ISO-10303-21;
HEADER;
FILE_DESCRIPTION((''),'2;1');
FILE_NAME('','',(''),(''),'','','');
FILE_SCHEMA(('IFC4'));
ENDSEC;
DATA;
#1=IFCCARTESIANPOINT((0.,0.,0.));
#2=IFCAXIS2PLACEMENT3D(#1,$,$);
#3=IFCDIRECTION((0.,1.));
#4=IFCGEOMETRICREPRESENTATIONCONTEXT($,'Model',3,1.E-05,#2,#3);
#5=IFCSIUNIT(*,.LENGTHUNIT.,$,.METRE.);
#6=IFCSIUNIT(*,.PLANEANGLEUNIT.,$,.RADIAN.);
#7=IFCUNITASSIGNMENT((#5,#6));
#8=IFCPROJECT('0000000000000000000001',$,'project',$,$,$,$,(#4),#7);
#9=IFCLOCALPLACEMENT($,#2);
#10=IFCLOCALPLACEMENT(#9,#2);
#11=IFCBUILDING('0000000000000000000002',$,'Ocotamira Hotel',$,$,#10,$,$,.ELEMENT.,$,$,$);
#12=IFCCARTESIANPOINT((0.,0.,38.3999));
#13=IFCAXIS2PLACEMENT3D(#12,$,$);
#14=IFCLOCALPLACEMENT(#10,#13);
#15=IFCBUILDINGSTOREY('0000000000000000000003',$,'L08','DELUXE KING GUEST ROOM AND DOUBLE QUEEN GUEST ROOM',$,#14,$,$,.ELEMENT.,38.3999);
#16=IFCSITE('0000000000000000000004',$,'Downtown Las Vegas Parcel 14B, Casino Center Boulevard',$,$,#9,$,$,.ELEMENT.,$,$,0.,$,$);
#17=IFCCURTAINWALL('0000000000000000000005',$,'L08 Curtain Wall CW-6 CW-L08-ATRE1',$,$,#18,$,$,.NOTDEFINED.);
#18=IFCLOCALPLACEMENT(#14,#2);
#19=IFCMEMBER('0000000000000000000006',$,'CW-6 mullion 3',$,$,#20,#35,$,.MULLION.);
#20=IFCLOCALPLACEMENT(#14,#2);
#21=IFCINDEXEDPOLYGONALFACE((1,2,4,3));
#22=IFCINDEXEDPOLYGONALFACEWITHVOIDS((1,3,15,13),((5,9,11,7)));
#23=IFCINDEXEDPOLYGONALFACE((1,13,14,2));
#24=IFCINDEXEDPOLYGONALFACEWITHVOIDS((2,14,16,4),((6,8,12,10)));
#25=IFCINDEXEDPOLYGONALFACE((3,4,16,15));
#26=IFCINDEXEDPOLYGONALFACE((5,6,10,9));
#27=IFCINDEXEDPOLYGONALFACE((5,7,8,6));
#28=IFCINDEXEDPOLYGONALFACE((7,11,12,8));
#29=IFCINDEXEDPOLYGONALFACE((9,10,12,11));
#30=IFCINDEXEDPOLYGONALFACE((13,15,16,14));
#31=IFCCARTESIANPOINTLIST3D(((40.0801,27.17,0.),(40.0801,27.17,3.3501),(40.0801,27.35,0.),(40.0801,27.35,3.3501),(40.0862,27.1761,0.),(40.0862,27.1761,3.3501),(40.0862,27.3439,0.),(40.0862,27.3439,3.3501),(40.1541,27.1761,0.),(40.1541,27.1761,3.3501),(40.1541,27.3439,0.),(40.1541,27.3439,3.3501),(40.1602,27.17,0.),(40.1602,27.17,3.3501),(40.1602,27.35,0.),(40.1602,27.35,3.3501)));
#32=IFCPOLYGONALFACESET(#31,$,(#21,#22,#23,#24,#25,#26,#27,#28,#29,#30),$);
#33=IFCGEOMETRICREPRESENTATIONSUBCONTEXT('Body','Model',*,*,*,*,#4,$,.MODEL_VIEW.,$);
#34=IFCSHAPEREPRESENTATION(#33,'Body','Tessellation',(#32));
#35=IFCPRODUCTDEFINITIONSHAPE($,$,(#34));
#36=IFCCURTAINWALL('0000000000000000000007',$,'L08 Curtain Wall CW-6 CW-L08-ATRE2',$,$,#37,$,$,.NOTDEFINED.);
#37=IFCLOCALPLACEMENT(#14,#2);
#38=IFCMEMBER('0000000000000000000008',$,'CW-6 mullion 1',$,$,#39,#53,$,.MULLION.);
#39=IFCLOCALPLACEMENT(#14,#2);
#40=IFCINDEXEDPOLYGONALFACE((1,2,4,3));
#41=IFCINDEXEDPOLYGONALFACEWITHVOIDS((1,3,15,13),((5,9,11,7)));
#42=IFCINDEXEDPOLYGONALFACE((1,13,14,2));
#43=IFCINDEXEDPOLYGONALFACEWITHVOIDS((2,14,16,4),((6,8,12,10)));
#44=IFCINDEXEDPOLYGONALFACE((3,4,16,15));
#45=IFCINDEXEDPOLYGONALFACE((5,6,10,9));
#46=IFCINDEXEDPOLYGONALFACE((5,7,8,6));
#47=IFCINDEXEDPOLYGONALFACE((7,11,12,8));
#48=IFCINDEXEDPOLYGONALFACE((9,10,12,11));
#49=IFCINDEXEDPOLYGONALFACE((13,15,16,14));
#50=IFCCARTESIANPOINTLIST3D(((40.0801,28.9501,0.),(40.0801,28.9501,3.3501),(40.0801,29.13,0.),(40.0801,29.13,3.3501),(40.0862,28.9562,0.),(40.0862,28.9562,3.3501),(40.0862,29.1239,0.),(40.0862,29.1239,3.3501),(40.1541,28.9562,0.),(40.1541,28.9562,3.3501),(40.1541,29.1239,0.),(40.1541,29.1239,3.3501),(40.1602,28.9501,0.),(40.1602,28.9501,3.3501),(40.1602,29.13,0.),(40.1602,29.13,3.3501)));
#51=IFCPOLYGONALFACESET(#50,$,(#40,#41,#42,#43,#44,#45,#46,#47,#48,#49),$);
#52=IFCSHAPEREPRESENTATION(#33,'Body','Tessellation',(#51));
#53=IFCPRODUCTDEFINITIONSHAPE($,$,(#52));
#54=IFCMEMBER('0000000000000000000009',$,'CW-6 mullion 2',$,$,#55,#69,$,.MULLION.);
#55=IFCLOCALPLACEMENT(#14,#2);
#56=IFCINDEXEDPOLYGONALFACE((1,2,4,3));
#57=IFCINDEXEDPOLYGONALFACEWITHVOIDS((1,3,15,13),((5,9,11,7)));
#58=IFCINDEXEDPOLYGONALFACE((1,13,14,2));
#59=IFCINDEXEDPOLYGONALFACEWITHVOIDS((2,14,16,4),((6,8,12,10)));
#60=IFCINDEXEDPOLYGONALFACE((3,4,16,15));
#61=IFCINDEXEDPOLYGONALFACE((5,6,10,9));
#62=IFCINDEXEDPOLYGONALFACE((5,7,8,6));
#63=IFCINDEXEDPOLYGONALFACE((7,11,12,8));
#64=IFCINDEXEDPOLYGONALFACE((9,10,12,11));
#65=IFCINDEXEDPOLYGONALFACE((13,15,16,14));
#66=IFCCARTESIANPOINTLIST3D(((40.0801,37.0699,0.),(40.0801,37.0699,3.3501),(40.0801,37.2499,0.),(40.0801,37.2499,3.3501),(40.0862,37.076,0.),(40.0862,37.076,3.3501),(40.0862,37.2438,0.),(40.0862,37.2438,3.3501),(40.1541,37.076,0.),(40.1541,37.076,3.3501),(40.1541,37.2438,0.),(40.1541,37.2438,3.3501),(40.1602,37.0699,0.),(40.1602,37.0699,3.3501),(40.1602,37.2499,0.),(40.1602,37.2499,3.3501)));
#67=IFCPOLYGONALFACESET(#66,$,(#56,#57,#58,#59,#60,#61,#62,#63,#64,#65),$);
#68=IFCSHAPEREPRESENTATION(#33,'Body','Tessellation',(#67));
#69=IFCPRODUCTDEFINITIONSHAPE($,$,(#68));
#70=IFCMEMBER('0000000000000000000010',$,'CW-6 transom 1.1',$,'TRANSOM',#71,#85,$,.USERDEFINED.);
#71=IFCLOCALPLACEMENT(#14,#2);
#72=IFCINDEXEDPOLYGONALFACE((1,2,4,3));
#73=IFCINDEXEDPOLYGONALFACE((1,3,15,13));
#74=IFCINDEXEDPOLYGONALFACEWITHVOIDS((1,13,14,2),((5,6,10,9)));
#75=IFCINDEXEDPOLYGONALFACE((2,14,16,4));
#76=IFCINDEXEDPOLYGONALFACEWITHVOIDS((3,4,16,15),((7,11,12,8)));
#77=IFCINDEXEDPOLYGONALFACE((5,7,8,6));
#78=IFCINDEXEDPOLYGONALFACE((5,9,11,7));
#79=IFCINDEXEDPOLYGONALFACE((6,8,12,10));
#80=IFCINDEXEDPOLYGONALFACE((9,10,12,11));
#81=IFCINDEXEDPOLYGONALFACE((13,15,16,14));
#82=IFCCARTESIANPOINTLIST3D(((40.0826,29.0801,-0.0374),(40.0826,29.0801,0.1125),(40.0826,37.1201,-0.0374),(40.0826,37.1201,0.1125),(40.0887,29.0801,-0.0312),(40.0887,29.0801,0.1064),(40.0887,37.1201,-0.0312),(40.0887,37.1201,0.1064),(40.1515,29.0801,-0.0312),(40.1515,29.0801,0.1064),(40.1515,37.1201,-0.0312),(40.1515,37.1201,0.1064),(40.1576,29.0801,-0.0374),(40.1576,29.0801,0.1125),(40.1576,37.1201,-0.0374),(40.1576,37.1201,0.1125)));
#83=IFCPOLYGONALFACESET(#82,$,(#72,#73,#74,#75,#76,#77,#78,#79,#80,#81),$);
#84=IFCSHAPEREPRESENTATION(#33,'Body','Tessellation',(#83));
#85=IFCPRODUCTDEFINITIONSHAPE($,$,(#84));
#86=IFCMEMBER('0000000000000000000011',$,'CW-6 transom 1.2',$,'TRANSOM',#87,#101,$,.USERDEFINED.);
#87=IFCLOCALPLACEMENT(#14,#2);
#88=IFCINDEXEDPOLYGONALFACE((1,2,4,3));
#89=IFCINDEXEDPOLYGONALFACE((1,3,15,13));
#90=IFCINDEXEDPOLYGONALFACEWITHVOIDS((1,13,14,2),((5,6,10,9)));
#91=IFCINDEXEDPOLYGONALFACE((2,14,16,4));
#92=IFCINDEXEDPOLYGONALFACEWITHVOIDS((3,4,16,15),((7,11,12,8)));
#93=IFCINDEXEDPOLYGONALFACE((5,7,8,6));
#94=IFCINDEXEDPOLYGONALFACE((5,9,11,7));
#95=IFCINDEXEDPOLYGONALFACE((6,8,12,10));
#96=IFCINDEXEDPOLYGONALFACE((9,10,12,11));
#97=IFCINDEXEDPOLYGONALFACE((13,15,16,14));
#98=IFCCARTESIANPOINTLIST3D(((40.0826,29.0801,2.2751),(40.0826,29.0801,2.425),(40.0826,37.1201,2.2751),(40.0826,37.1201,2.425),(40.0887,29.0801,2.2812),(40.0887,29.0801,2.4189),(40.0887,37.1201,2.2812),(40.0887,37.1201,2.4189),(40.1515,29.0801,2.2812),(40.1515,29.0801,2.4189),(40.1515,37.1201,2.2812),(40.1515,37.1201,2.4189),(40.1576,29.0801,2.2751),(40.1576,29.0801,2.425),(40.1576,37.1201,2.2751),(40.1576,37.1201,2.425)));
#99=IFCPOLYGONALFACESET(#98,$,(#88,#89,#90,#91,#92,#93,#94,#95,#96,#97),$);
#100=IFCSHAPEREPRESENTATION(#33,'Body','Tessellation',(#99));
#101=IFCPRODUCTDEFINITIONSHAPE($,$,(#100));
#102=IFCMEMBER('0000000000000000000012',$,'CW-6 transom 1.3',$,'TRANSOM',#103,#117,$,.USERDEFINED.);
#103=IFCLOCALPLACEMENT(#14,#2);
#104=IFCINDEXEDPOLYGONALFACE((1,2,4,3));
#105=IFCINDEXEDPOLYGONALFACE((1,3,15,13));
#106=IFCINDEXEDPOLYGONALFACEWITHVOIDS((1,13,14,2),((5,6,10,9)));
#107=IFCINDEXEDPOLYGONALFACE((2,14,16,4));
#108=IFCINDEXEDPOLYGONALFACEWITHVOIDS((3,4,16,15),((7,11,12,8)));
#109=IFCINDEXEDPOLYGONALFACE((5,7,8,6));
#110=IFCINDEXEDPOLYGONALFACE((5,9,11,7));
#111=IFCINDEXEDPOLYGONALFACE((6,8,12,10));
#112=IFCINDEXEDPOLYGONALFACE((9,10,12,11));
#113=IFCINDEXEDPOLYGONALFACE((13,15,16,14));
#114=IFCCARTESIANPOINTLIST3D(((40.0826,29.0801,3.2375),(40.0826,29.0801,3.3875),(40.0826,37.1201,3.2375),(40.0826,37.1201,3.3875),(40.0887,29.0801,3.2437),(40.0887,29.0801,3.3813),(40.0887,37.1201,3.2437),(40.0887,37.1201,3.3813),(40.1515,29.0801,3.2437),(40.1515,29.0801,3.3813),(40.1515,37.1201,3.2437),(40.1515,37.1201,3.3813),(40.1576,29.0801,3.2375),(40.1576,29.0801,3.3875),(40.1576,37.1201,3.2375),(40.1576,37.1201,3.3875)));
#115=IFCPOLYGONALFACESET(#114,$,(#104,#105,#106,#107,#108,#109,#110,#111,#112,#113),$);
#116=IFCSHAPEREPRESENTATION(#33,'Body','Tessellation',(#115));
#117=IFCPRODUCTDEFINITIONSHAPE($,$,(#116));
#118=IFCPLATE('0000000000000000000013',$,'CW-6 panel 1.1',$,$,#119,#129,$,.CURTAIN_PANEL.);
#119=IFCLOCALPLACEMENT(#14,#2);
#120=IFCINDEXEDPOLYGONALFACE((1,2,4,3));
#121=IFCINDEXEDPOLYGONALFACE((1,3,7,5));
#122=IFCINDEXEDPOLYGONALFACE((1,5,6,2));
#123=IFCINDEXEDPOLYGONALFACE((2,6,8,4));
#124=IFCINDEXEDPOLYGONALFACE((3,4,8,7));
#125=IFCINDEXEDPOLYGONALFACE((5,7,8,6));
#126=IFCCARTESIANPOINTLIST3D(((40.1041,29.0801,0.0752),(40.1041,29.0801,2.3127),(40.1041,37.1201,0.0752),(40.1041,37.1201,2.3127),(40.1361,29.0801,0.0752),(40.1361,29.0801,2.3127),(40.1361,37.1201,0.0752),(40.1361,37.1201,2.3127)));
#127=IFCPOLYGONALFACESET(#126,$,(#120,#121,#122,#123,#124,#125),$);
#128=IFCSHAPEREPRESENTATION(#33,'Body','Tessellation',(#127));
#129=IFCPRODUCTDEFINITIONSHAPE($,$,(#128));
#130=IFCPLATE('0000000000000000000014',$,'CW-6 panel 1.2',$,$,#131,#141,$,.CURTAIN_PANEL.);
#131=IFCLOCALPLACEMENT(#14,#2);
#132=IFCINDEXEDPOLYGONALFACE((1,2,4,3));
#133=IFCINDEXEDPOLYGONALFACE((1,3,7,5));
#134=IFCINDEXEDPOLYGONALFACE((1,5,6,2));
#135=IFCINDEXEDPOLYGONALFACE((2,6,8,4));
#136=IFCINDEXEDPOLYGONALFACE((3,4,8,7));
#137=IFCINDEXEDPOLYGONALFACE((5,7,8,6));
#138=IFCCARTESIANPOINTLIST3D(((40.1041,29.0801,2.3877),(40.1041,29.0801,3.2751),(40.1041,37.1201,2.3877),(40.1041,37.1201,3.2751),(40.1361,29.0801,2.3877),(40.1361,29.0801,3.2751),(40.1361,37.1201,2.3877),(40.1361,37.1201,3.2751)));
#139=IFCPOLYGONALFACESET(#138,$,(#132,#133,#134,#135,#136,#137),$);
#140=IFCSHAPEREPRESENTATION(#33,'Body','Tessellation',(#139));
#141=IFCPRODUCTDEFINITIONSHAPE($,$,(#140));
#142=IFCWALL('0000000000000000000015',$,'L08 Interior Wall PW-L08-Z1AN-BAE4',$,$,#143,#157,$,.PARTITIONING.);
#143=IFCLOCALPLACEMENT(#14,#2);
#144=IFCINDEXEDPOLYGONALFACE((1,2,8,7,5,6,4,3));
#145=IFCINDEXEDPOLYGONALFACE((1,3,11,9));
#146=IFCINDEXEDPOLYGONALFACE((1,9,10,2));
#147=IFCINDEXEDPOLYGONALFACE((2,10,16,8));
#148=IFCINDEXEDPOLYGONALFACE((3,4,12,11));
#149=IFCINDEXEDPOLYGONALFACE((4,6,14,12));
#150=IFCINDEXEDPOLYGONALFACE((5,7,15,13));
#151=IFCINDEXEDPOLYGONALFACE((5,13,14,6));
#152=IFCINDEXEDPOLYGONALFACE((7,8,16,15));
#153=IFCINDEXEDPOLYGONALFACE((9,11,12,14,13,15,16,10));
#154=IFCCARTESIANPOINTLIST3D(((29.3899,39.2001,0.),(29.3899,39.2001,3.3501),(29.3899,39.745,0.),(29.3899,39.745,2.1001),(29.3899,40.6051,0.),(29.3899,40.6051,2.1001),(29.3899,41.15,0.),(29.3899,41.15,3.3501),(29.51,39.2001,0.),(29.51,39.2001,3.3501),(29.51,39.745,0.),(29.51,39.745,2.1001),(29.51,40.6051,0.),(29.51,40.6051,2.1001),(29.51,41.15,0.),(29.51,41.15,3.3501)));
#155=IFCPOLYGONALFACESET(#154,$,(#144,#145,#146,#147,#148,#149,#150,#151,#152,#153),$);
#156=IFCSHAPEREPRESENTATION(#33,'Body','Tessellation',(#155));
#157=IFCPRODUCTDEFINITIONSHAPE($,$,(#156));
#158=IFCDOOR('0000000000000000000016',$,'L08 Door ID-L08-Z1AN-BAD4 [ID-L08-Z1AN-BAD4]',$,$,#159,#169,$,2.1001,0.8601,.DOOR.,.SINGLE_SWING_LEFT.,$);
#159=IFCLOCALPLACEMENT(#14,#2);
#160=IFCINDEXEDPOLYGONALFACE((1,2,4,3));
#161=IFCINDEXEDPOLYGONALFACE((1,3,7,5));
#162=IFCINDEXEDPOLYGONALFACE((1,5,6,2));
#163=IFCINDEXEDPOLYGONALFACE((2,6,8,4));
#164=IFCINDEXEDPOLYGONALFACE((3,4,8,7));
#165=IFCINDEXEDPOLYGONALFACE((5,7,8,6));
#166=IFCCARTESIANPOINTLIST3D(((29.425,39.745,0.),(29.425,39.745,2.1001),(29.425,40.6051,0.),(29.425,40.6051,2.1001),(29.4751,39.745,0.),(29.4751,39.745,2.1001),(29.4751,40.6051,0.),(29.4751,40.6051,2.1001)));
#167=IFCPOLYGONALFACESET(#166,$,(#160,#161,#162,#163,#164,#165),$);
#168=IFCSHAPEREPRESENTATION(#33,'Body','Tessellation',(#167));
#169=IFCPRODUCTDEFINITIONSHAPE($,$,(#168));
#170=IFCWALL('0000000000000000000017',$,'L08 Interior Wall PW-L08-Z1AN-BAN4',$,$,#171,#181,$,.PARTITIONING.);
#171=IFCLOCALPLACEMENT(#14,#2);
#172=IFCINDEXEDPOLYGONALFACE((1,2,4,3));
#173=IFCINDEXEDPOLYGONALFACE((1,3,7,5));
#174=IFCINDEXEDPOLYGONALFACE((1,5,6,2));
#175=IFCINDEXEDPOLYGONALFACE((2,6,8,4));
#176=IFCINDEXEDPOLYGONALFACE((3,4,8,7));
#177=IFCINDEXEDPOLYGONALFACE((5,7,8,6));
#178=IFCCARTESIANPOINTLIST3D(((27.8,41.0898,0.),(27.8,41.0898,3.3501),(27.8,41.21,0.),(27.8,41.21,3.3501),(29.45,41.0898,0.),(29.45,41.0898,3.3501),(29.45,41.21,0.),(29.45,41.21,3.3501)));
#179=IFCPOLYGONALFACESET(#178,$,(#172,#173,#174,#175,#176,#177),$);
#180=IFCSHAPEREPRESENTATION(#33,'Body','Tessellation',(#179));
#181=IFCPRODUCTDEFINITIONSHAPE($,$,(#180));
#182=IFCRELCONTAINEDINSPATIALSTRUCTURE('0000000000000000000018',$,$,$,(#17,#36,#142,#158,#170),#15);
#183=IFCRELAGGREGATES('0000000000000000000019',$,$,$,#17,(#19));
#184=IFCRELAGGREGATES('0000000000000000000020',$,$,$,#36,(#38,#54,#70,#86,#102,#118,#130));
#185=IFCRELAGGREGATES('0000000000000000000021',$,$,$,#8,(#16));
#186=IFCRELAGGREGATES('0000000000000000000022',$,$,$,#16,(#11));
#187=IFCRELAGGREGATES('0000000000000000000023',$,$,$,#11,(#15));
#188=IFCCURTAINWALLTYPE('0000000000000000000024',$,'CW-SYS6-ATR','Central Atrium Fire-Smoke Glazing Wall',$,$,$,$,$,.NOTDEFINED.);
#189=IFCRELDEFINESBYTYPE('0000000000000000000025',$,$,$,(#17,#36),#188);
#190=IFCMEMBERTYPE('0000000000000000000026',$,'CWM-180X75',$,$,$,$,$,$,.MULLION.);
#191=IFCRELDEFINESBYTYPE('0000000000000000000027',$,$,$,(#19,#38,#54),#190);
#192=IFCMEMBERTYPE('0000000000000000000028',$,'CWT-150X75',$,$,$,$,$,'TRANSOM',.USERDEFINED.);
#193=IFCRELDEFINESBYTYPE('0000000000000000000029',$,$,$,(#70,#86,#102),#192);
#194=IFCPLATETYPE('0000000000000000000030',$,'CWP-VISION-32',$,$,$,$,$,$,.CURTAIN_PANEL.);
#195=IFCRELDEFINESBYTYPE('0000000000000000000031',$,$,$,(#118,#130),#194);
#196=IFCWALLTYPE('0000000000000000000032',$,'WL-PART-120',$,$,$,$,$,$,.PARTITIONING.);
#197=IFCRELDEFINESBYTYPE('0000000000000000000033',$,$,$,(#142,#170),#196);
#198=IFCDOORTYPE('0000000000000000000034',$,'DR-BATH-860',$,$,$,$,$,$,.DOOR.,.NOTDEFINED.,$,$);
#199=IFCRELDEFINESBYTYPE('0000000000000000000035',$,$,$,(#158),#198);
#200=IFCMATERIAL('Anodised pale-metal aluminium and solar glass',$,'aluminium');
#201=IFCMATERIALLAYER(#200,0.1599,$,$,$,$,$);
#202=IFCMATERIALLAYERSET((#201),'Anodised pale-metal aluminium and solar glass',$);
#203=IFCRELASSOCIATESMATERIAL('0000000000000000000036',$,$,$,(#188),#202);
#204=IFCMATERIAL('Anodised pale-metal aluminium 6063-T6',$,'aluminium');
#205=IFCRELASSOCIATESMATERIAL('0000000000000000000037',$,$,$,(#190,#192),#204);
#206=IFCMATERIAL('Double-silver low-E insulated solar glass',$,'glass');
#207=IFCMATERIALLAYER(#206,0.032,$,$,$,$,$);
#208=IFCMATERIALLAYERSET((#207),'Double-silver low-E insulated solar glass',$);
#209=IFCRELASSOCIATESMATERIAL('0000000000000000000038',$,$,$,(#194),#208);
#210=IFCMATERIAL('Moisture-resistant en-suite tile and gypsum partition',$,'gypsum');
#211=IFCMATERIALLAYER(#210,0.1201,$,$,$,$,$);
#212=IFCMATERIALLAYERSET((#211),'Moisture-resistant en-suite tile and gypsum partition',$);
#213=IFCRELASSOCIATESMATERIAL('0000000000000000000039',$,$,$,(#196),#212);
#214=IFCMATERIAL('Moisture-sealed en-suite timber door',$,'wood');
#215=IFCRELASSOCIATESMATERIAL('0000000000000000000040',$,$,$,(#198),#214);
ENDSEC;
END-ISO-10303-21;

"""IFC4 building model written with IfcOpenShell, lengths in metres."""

from ifc_helpers import new_model, si_unit, direction, frame, frame_2d, origin, origin_2d, place, context, subcontext, project, spatial, rectangle, hollow_rectangle, extrude, source, transform, mapped, material, layer, layer_set, material_profile, profile_set, type_object, element, fill, aggregate, save


model = new_model("IFC4")

# Units and contexts
model_context = context("Model", 3, precision=1e-05, world=origin(), true_north=direction((0.0, 1.0)))
body_context = subcontext(model_context, "Body", "Model", "MODEL_VIEW")
ifc_project = project(units=[si_unit("LENGTHUNIT", "METRE"), si_unit("PLANEANGLEUNIT", "RADIAN")], contexts=[model_context])

# Site, building, storey
site_placement = place(None, origin())
site = spatial("IfcSite", under=ifc_project, at=site_placement, Name="Downtown Las Vegas Parcel 14B, Casino Center Boulevard", CompositionType="ELEMENT", RefElevation=0.0)
building_placement = place(site_placement, origin())
building = spatial("IfcBuilding", under=site, at=building_placement, Name="Ocotamira Hotel", CompositionType="ELEMENT")
storey_placement = place(building_placement, frame((0.0, 0.0, 38.3999)))
storey = spatial("IfcBuildingStorey", under=building, at=storey_placement, Name="L08", Description="DELUXE KING GUEST ROOM AND DOUBLE QUEEN GUEST ROOM", CompositionType="ELEMENT", Elevation=38.3999)

# Curtain wall, member
ifc_material_1 = material(Name="Anodised pale-metal aluminium and solar glass", Category="aluminium")
ifc_layer_1 = layer(ifc_material_1, 0.1599)
ifc_layer_set_1 = layer_set([ifc_layer_1], Name="Anodised pale-metal aluminium and solar glass")
curtain_wall_type = type_object("IfcCurtainWallType", Name="CW-SYS6-ATR", Description="Central Atrium Fire-Smoke Glazing Wall", PredefinedType="NOTDEFINED", material=ifc_layer_set_1)
curtain_wall_1_placement = place(storey_placement, origin())
curtain_wall_1 = element("IfcCurtainWall", 1, at=curtain_wall_1_placement, inside=storey, type_object=curtain_wall_type, Name="L08 Curtain Wall CW-6 CW-L08-ATRE1", PredefinedType="NOTDEFINED")
ifc_material_2 = material(Name="Anodised pale-metal aluminium 6063-T6", Category="aluminium")
ifc_material_profile_1 = material_profile(ifc_material_2, hollow_rectangle(XDim=0.0801, YDim=0.1799, WallThickness=0.0061, at=origin_2d()), Name="HSS180X80X6")
ifc_profile_set_1 = profile_set([ifc_material_profile_1], Name="Anodised pale-metal aluminium 6063-T6")
member_type_1 = type_object("IfcMemberType", Name="CWM-180X75", PredefinedType="MULLION", material=ifc_profile_set_1)
shared_shape_1 = source(origin(), body_context, "Body", "SweptSolid", [
    extrude(hollow_rectangle(XDim=0.0801, YDim=0.1799, WallThickness=0.0061, at=origin_2d()), origin(), (0.0, 0.0, 1.0), 3.3501),
])
member_1_placement = place(storey_placement, frame((40.1201, 27.26, 0.0), z_axis=(0.0, 0.0, 1.0), x_axis=(-1.0, 0.0, 0.0)))
member_1 = element("IfcMember", 2, at=member_1_placement, type_object=member_type_1, Name="CW-6 mullion 3", PredefinedType="MULLION", context=body_context, shape_type="MappedRepresentation", body=[
    mapped(shared_shape_1, transform((0.0, 0.0, 0.0), scale=1.0)),
])
aggregate(curtain_wall_1, [member_1])

# Curtain wall, members, plates
curtain_wall_2_placement = place(storey_placement, origin())
curtain_wall_2 = element("IfcCurtainWall", 3, at=curtain_wall_2_placement, inside=storey, type_object=curtain_wall_type, Name="L08 Curtain Wall CW-6 CW-L08-ATRE2", PredefinedType="NOTDEFINED")
member_2_placement = place(storey_placement, frame((40.1201, 29.04, 0.0), z_axis=(0.0, 0.0, 1.0), x_axis=(-1.0, 0.0, 0.0)))
member_2 = element("IfcMember", 4, at=member_2_placement, type_object=member_type_1, Name="CW-6 mullion 1", PredefinedType="MULLION", context=body_context, shape_type="MappedRepresentation", body=[
    mapped(shared_shape_1, transform((0.0, 0.0, 0.0), scale=1.0)),
])
member_3_placement = place(storey_placement, frame((40.1201, 37.1599, 0.0), z_axis=(0.0, 0.0, 1.0), x_axis=(-1.0, 0.0, 0.0)))
member_3 = element("IfcMember", 5, at=member_3_placement, type_object=member_type_1, Name="CW-6 mullion 2", PredefinedType="MULLION", context=body_context, shape_type="MappedRepresentation", body=[
    mapped(shared_shape_1, transform((0.0, 0.0, 0.0), scale=1.0)),
])
ifc_material_profile_2 = material_profile(ifc_material_2, hollow_rectangle(XDim=0.075, YDim=0.1499, WallThickness=0.0061, at=origin_2d()), Name="HSS150X75X6")
ifc_profile_set_2 = profile_set([ifc_material_profile_2], Name="Anodised pale-metal aluminium 6063-T6")
member_type_2 = type_object("IfcMemberType", Name="CWT-150X75", ElementType="TRANSOM", PredefinedType="USERDEFINED", material=ifc_profile_set_2)
shared_shape_2 = source(origin(), body_context, "Body", "SweptSolid", [
    extrude(hollow_rectangle(XDim=0.075, YDim=0.1499, WallThickness=0.0061, at=origin_2d()), origin(), (0.0, 0.0, 1.0), 8.04),
])
member_4_placement = place(storey_placement, frame((40.1201, 29.0801, 0.0376), z_axis=(0.0, 1.0, 0.0), x_axis=(-1.0, 0.0, 0.0)))
member_4 = element("IfcMember", 6, at=member_4_placement, type_object=member_type_2, Name="CW-6 transom 1.1", ObjectType="TRANSOM", PredefinedType="USERDEFINED", context=body_context, shape_type="MappedRepresentation", body=[
    mapped(shared_shape_2, transform((0.0, 0.0, 0.0), scale=1.0)),
])
member_5_placement = place(storey_placement, frame((40.1201, 29.0801, 2.3501), z_axis=(0.0, 1.0, 0.0), x_axis=(-1.0, 0.0, 0.0)))
member_5 = element("IfcMember", 7, at=member_5_placement, type_object=member_type_2, Name="CW-6 transom 1.2", ObjectType="TRANSOM", PredefinedType="USERDEFINED", context=body_context, shape_type="MappedRepresentation", body=[
    mapped(shared_shape_2, transform((0.0, 0.0, 0.0), scale=1.0)),
])
member_6_placement = place(storey_placement, frame((40.1201, 29.0801, 3.3125), z_axis=(0.0, 1.0, 0.0), x_axis=(-1.0, 0.0, 0.0)))
member_6 = element("IfcMember", 8, at=member_6_placement, type_object=member_type_2, Name="CW-6 transom 1.3", ObjectType="TRANSOM", PredefinedType="USERDEFINED", context=body_context, shape_type="MappedRepresentation", body=[
    mapped(shared_shape_2, transform((0.0, 0.0, 0.0), scale=1.0)),
])
ifc_material_3 = material(Name="Double-silver low-E insulated solar glass", Category="glass")
ifc_layer_2 = layer(ifc_material_3, 0.032)
ifc_layer_set_2 = layer_set([ifc_layer_2], Name="Double-silver low-E insulated solar glass")
plate_type = type_object("IfcPlateType", Name="CWP-VISION-32", PredefinedType="CURTAIN_PANEL", material=ifc_layer_set_2)
shared_shape_3 = source(origin(), body_context, "Body", "SweptSolid", [
    extrude(rectangle(XDim=8.04, YDim=0.032, at=origin_2d()), origin(), (0.0, 0.0, 1.0), 2.2375),
])
plate_1_placement = place(storey_placement, frame((40.1201, 33.1001, 0.0752), z_axis=(0.0, 0.0, 1.0), x_axis=(0.0, 1.0, 0.0)))
plate_1 = element("IfcPlate", 9, at=plate_1_placement, type_object=plate_type, Name="CW-6 panel 1.1", PredefinedType="CURTAIN_PANEL", context=body_context, shape_type="MappedRepresentation", body=[
    mapped(shared_shape_3, transform((0.0, 0.0, 0.0), scale=1.0)),
])
shared_shape_4 = source(origin(), body_context, "Body", "SweptSolid", [
    extrude(rectangle(XDim=8.04, YDim=0.032, at=origin_2d()), origin(), (0.0, 0.0, 1.0), 0.8875),
])
plate_2_placement = place(storey_placement, frame((40.1201, 33.1001, 2.3877), z_axis=(0.0, 0.0, 1.0), x_axis=(0.0, 1.0, 0.0)))
plate_2 = element("IfcPlate", 10, at=plate_2_placement, type_object=plate_type, Name="CW-6 panel 1.2", PredefinedType="CURTAIN_PANEL", context=body_context, shape_type="MappedRepresentation", body=[
    mapped(shared_shape_4, transform((0.0, 0.0, 0.0), scale=1.0)),
])
aggregate(curtain_wall_2, [member_2, member_3, member_4, member_5, member_6, plate_1, plate_2])

# Wall, opening, door
ifc_material_4 = material(Name="Moisture-resistant en-suite tile and gypsum partition", Category="gypsum")
ifc_layer_3 = layer(ifc_material_4, 0.1201)
ifc_layer_set_3 = layer_set([ifc_layer_3], Name="Moisture-resistant en-suite tile and gypsum partition")
wall_type_1 = type_object("IfcWallType", Name="WL-PART-120", PredefinedType="PARTITIONING", material=ifc_layer_set_3)
wall_1_placement = place(storey_placement, frame((29.45, 39.2, 0.0), z_axis=(0.0, 0.0, 1.0), x_axis=(0.0, 1.0, 0.0)))
wall_1 = element("IfcWall", 11, at=wall_1_placement, inside=storey, type_object=wall_type_1, Name="L08 Interior Wall PW-L08-Z1AN-BAE4", PredefinedType="PARTITIONING", context=body_context, shape_type="SweptSolid", body=[
    extrude(rectangle(XDim=1.95, YDim=0.1201, at=frame_2d((0.9751, 0.0))), origin(), (0.0, 0.0, 1.0), 3.3501),
])
opening_1_placement = place(wall_1_placement, frame((0.5449, 0.0, 0.0)))
opening_1 = element("IfcOpeningElement", 12, at=opening_1_placement, cuts=wall_1, PredefinedType="OPENING", context=body_context, shape_type="SweptSolid", body=[
    extrude(rectangle(XDim=0.8601, YDim=2.1001, at=frame_2d((0.4302, 1.05))), frame((0.0, 0.0701, 0.0), z_axis=(0.0, -1.0, 0.0), x_axis=(1.0, 0.0, 0.0)), (0.0, 0.0, 1.0), 0.1401),
])
ifc_material_5 = material(Name="Moisture-sealed en-suite timber door", Category="wood")
door_type = type_object("IfcDoorType", Name="DR-BATH-860", OperationType="NOTDEFINED", PredefinedType="DOOR", material=ifc_material_5)
shared_shape_5 = source(origin(), body_context, "Body", "SweptSolid", [
    extrude(rectangle(XDim=0.8601, YDim=2.1001, at=frame_2d((0.4302, 1.05))), frame((0.0, 0.0249, 0.0), z_axis=(0.0, -1.0, 0.0), x_axis=(1.0, 0.0, 0.0)), (0.0, 0.0, 1.0), 0.05),
])
door_1_placement = place(opening_1_placement, origin())
door_1 = element("IfcDoor", 13, at=door_1_placement, inside=storey, type_object=door_type, Name="L08 Door ID-L08-Z1AN-BAD4 [ID-L08-Z1AN-BAD4]", OperationType="SINGLE_SWING_LEFT", OverallHeight=2.1001, OverallWidth=0.8601, PredefinedType="DOOR", context=body_context, shape_type="MappedRepresentation", body=[
    mapped(shared_shape_5, transform((0.0, 0.0, 0.0), scale=1.0)),
])
fill(opening_1, door_1)

# Wall
wall_2_placement = place(storey_placement, frame((27.8, 41.1499, 0.0), z_axis=(0.0, 0.0, 1.0), x_axis=(1.0, 0.0, 0.0)))
element("IfcWall", 14, at=wall_2_placement, inside=storey, type_object=wall_type_1, Name="L08 Interior Wall PW-L08-Z1AN-BAN4", PredefinedType="PARTITIONING", context=body_context, shape_type="SweptSolid", body=[
    extrude(rectangle(XDim=1.6499, YDim=0.1201, at=frame_2d((0.825, 0.0))), origin(), (0.0, 0.0, 1.0), 3.3501),
])

save(model, "model.ifc")
